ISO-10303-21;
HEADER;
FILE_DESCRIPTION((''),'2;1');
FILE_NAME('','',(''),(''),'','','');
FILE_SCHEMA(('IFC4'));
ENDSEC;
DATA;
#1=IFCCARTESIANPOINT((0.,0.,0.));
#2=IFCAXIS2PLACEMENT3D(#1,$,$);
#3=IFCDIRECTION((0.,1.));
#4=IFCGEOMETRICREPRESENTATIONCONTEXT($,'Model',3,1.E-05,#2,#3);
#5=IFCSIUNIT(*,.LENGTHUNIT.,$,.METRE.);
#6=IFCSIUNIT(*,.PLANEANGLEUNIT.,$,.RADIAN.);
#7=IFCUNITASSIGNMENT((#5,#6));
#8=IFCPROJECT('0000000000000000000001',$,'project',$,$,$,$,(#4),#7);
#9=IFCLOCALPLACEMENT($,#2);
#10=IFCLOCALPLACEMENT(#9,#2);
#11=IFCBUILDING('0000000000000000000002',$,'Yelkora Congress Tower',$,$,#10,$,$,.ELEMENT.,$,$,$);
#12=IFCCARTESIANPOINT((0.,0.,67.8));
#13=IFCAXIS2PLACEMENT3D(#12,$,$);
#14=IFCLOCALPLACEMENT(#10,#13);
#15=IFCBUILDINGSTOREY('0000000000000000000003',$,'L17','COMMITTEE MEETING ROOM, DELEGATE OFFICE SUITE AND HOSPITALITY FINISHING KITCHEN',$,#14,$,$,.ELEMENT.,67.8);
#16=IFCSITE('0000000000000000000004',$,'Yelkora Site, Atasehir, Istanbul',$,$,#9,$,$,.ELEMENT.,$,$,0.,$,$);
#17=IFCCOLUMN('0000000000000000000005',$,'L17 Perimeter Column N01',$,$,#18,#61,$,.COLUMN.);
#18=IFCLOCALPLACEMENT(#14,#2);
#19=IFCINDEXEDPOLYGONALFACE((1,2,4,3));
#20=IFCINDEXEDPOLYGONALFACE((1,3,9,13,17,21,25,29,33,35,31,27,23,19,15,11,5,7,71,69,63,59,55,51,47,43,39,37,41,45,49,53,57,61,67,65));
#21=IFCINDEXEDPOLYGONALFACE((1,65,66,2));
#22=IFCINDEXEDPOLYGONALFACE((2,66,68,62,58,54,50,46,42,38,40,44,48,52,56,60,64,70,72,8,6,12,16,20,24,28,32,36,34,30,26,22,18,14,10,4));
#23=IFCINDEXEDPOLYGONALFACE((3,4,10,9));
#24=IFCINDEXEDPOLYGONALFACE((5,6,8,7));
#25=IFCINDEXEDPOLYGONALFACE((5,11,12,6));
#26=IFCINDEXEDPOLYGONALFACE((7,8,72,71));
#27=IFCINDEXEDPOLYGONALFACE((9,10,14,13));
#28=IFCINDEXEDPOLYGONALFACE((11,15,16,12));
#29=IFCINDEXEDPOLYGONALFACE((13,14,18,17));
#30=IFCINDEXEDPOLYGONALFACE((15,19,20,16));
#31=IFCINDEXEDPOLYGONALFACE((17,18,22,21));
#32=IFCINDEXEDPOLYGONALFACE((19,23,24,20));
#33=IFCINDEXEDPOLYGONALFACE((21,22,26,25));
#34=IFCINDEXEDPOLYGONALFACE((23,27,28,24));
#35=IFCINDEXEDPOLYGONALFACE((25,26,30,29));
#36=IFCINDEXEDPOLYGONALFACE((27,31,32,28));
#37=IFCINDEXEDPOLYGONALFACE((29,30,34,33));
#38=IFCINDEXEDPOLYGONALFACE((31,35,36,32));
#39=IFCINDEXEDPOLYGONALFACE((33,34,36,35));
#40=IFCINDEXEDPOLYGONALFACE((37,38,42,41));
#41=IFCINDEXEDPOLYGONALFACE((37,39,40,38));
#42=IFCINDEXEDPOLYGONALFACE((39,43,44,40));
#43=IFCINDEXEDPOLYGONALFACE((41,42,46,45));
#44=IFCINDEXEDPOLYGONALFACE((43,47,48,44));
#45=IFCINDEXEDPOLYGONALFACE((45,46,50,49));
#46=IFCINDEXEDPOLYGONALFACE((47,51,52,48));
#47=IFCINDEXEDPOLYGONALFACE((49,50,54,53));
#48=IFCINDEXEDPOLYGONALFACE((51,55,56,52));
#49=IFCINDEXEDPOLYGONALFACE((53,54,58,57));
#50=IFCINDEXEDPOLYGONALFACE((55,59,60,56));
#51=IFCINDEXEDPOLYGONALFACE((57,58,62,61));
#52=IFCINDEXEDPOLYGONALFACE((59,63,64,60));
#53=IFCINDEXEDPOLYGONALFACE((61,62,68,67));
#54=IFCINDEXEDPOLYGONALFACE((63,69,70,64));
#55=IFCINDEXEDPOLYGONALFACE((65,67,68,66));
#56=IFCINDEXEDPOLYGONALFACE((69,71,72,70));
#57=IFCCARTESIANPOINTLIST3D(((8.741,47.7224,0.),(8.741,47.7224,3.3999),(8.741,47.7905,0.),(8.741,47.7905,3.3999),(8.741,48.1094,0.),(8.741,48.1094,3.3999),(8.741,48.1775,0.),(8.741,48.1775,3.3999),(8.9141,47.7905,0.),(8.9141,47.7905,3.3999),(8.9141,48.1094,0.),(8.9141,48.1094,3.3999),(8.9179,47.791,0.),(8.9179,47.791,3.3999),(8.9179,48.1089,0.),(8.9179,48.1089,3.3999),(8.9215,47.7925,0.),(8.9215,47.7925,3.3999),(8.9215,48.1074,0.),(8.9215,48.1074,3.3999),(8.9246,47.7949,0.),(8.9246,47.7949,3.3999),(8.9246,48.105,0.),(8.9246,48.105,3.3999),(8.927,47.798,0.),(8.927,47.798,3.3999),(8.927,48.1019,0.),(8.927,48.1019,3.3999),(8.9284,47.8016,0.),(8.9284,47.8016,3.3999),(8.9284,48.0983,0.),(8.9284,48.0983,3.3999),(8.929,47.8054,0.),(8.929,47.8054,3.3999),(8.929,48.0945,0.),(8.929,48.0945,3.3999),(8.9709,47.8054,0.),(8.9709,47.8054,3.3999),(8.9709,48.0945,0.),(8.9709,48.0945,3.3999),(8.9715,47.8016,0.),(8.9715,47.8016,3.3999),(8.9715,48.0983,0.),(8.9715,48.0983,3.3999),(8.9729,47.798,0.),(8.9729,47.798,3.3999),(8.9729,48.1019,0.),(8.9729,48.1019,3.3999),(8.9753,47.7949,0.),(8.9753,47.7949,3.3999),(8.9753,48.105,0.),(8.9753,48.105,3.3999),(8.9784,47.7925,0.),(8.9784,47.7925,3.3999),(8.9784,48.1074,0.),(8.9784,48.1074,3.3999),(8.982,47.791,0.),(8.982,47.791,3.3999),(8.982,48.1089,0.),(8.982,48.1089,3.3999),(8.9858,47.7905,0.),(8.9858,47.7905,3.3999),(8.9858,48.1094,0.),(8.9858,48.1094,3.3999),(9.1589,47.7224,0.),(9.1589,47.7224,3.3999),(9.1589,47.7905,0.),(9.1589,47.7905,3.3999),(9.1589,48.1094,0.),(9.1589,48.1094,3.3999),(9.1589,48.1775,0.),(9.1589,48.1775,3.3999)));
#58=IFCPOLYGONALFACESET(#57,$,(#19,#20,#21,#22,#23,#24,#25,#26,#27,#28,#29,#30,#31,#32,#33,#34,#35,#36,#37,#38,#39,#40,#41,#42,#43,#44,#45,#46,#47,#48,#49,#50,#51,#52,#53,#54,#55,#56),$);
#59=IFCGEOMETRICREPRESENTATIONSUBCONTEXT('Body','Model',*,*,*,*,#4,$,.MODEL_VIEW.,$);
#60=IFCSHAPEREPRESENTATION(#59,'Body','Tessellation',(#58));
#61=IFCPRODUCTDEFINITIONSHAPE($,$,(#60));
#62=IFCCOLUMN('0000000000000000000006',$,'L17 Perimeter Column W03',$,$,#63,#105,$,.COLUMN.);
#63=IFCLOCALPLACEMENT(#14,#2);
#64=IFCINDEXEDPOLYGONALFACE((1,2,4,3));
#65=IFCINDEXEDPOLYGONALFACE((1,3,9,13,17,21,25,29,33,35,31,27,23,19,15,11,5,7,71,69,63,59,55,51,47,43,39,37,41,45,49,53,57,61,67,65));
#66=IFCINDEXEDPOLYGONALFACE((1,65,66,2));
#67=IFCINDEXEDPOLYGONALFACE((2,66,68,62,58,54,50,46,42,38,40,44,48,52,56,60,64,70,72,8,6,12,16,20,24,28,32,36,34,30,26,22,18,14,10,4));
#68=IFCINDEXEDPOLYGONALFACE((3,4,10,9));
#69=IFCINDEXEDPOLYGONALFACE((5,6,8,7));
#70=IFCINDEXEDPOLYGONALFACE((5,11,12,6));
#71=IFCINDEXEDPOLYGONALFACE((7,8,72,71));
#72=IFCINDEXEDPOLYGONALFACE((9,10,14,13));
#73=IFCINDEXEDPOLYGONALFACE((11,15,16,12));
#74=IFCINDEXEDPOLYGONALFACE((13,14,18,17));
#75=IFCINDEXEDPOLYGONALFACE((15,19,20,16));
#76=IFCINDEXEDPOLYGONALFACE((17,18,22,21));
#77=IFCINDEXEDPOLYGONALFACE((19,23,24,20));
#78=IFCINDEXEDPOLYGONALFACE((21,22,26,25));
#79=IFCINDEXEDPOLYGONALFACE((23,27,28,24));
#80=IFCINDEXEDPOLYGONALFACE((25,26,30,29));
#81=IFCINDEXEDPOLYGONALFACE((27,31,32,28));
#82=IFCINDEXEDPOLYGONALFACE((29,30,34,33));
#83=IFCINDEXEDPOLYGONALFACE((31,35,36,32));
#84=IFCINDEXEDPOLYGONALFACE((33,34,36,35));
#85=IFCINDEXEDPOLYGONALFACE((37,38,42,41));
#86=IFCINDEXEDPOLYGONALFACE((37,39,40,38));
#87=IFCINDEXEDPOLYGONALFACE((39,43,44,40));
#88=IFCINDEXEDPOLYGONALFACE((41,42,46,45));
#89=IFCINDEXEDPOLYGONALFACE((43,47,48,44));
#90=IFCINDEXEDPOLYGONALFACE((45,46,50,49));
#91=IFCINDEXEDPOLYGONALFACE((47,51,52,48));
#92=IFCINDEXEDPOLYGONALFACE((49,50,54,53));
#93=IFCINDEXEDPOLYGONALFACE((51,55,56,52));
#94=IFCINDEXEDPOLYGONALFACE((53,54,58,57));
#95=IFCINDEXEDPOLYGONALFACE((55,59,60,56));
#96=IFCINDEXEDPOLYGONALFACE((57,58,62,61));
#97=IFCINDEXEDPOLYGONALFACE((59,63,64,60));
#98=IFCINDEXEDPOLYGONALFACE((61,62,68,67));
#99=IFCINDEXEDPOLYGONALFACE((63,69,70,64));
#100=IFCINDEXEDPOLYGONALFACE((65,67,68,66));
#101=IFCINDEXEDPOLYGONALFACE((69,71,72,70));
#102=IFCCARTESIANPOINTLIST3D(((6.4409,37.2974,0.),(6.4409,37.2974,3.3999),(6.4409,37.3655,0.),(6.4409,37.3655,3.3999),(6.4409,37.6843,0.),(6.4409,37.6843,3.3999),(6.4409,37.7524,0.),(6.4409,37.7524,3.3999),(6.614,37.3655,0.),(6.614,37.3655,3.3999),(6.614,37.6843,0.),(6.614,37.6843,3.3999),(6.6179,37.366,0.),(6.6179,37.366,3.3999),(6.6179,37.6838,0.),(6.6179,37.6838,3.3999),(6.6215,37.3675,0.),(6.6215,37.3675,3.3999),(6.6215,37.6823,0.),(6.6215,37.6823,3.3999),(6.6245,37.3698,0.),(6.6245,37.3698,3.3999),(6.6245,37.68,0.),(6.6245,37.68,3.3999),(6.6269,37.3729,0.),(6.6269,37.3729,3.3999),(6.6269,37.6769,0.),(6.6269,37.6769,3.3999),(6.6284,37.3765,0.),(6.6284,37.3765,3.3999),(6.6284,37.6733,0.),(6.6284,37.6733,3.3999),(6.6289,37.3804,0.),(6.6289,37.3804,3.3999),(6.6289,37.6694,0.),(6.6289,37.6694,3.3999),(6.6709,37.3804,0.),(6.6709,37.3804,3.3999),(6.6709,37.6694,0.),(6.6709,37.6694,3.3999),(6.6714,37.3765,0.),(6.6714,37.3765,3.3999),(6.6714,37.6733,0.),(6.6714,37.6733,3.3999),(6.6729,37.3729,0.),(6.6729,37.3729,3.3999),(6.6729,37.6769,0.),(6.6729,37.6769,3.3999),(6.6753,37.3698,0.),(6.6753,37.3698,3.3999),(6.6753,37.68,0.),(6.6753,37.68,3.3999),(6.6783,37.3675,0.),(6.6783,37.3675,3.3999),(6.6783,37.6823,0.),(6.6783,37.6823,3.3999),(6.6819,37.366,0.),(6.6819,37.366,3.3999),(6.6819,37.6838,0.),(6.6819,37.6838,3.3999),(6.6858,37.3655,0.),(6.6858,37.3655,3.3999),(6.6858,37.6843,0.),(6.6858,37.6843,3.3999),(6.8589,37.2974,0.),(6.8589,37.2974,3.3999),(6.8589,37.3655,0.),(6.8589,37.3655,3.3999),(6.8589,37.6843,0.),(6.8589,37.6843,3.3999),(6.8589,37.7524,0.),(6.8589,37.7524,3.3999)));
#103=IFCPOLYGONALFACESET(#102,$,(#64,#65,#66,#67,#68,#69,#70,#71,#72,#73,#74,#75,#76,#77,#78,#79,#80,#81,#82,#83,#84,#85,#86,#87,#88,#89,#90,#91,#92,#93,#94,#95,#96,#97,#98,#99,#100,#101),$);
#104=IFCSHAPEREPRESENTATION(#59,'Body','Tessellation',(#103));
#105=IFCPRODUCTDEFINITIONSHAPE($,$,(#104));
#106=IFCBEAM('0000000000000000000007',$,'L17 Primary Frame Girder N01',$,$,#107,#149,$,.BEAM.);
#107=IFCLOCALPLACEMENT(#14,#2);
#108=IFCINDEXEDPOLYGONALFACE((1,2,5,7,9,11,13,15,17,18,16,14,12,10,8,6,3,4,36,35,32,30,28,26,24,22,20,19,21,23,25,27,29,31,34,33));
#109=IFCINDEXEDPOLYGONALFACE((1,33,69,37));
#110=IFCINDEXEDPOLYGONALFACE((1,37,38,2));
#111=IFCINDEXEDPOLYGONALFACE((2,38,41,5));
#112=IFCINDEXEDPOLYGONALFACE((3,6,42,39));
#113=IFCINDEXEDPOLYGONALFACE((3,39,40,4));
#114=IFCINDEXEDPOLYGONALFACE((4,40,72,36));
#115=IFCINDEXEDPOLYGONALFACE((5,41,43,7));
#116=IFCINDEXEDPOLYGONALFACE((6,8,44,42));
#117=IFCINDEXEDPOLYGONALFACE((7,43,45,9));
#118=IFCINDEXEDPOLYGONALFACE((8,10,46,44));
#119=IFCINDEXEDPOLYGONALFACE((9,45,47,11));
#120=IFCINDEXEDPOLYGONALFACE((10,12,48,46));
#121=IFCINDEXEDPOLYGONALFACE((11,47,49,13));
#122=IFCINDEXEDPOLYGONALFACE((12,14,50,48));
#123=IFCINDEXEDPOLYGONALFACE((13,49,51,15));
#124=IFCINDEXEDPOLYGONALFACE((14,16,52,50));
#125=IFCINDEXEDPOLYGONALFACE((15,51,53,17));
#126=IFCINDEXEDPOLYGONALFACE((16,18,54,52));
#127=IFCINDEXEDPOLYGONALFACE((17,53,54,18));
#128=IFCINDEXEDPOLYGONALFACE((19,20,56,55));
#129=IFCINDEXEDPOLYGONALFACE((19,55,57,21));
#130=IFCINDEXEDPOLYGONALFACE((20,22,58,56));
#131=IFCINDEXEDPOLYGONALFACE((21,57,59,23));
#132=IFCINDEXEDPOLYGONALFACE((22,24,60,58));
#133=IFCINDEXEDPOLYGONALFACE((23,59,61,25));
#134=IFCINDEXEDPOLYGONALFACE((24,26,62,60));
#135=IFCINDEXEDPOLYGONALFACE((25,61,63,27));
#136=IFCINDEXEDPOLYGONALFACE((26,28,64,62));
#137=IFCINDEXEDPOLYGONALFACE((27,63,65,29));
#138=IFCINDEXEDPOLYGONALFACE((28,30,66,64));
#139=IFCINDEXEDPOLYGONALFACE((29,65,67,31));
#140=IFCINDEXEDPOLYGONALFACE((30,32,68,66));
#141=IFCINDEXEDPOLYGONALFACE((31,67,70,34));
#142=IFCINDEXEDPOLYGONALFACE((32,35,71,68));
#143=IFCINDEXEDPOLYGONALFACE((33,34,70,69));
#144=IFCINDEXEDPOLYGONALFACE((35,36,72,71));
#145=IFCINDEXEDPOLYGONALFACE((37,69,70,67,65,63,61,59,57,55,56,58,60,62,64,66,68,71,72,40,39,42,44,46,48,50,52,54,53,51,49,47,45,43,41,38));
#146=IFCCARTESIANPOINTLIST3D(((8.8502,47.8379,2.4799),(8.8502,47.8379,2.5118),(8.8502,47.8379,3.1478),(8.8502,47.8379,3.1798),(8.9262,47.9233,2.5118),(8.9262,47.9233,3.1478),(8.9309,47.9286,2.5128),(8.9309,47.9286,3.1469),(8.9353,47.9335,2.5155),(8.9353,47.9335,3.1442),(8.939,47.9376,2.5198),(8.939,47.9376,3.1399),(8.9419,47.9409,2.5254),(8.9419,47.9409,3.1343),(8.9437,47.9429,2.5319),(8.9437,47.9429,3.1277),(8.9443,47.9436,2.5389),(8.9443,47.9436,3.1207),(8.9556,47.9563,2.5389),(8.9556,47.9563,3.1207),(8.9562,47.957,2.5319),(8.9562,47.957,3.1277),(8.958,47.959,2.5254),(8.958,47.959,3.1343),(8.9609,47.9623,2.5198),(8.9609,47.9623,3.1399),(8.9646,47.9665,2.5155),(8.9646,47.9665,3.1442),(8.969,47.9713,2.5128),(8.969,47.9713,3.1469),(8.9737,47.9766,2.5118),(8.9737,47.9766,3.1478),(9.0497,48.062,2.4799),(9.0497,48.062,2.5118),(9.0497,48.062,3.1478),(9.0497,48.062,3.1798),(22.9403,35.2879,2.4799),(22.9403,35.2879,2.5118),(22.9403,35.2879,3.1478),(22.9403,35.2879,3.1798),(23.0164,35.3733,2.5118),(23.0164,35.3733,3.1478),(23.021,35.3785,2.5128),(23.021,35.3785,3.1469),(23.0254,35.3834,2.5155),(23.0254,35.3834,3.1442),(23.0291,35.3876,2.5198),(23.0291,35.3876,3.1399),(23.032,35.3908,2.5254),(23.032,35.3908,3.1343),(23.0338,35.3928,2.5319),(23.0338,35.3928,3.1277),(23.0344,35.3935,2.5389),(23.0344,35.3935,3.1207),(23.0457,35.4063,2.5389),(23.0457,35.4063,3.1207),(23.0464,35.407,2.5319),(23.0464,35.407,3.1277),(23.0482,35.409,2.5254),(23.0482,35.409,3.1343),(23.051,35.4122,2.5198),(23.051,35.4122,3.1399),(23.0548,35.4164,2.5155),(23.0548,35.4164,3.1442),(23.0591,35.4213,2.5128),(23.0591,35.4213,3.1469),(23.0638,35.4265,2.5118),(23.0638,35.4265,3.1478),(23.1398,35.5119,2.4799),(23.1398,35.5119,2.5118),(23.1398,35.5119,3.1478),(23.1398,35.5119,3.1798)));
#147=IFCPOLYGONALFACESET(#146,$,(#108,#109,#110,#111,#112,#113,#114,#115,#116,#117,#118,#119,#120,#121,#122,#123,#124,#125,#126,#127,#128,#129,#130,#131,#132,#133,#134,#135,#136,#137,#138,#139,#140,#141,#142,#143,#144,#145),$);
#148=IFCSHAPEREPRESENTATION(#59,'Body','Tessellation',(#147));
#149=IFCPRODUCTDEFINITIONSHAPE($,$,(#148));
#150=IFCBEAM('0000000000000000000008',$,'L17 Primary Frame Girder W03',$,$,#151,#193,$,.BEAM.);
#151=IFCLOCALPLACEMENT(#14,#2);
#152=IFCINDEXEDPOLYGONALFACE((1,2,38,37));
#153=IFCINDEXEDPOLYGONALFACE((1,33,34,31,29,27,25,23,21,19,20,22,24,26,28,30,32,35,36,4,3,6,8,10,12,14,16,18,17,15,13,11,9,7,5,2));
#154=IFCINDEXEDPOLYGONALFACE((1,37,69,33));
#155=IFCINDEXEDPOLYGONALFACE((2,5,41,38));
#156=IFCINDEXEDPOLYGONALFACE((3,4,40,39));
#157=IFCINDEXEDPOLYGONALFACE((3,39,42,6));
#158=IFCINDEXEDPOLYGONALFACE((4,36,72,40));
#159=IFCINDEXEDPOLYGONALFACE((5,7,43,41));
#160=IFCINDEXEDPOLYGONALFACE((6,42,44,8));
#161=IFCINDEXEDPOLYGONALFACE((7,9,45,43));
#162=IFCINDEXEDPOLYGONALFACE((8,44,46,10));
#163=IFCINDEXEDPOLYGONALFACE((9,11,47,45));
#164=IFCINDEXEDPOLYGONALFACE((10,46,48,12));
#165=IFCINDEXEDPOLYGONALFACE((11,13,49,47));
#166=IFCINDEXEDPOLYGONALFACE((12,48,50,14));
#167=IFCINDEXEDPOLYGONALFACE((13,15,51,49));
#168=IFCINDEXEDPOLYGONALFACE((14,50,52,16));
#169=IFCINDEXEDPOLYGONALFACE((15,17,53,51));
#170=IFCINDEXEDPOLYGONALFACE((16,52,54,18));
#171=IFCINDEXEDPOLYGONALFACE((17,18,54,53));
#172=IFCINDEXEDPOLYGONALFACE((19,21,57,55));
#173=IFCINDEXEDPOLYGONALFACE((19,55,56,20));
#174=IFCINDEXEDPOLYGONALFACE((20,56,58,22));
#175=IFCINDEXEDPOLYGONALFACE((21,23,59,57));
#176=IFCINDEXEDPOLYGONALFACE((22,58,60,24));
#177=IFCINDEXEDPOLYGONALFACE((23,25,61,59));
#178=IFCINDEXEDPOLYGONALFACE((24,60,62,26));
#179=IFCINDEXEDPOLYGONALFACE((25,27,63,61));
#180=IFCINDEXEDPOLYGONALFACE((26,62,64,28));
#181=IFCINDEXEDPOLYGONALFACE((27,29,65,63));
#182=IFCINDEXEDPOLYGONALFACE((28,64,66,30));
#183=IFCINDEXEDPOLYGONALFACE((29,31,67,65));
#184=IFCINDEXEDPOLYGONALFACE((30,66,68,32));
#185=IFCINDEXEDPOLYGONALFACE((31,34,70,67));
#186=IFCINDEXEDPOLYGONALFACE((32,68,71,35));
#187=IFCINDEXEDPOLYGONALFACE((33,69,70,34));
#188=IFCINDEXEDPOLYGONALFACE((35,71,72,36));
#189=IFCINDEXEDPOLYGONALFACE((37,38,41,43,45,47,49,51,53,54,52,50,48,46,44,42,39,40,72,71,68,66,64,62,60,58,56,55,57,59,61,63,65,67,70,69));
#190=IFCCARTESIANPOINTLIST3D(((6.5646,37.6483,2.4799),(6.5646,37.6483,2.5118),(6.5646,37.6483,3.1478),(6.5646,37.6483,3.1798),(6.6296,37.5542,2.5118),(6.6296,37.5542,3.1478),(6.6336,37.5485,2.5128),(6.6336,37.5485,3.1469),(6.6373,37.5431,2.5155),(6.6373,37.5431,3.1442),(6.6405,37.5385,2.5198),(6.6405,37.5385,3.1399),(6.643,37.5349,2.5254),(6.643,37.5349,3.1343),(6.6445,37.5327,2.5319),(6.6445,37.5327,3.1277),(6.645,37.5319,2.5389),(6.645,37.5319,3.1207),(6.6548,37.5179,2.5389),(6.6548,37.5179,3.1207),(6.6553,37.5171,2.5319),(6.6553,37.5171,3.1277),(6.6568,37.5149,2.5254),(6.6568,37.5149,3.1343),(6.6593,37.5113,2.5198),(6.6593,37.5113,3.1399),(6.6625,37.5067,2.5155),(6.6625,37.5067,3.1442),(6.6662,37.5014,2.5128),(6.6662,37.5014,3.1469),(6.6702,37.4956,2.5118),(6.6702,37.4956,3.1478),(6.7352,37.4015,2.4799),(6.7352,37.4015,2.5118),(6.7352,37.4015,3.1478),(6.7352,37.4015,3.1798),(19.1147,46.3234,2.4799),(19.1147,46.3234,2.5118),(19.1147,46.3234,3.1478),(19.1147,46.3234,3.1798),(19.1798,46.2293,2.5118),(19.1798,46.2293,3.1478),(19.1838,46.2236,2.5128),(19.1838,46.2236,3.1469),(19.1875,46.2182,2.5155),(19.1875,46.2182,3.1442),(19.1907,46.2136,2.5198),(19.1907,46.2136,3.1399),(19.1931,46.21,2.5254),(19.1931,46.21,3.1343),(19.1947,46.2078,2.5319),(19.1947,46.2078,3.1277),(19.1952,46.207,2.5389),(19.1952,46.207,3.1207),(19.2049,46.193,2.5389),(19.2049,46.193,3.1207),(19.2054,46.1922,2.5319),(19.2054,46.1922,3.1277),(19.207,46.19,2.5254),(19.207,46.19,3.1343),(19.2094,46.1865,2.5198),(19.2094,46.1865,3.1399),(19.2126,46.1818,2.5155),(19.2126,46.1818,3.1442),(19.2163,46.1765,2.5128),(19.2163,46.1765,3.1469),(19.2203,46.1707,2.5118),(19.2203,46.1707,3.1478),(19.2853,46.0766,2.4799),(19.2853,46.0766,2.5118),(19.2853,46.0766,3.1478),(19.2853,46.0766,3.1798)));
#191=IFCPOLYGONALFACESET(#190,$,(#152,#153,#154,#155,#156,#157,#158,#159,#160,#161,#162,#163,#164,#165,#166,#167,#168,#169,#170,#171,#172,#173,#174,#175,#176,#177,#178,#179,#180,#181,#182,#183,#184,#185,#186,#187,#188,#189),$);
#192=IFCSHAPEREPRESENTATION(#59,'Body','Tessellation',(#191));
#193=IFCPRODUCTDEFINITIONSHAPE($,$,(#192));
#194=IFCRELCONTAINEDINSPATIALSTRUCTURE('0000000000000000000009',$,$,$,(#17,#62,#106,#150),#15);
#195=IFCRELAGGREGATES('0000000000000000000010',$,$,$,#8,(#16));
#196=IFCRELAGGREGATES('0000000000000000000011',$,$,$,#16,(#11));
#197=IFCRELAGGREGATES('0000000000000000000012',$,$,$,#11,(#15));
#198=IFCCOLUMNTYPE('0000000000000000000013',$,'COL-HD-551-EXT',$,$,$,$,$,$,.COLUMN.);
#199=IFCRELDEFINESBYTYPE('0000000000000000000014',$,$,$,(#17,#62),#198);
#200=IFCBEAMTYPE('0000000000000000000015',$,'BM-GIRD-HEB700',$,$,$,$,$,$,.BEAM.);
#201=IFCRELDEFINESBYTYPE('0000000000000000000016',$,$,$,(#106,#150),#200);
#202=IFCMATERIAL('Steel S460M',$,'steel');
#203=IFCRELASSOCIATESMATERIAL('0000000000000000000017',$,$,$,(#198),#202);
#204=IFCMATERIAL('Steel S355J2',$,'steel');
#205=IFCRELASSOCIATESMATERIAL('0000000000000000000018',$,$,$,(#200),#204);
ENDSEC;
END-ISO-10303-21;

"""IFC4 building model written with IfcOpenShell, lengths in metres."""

from ifc_helpers import new_model, si_unit, direction, frame, origin, origin_2d, place, context, subcontext, project, spatial, i_section, extrude, material, material_profile, profile_set, type_object, element, save


model = new_model("IFC4")

# Units and contexts
model_context = context("Model", 3, precision=1e-05, world=origin(), true_north=direction((0.0, 1.0)))
body_context = subcontext(model_context, "Body", "Model", "MODEL_VIEW")
ifc_project = project(units=[si_unit("LENGTHUNIT", "METRE"), si_unit("PLANEANGLEUNIT", "RADIAN")], contexts=[model_context])

# Site, building, storey
site_placement = place(None, origin())
site = spatial("IfcSite", under=ifc_project, at=site_placement, Name="Yelkora Site, Atasehir, Istanbul", CompositionType="ELEMENT", RefElevation=0.0)
building_placement = place(site_placement, origin())
building = spatial("IfcBuilding", under=site, at=building_placement, Name="Yelkora Congress Tower", CompositionType="ELEMENT")
storey_placement = place(building_placement, frame((0.0, 0.0, 67.8)))
storey = spatial("IfcBuildingStorey", under=building, at=storey_placement, Name="L17", Description="COMMITTEE MEETING ROOM, DELEGATE OFFICE SUITE AND HOSPITALITY FINISHING KITCHEN", CompositionType="ELEMENT", Elevation=67.8)

# Columns
ifc_material_1 = material(Name="Steel S460M", Category="steel")
ifc_material_profile_1 = material_profile(ifc_material_1, i_section(OverallWidth=0.418, OverallDepth=0.4551, WebThickness=0.042, FlangeThickness=0.0681, FilletRadius=0.0149, at=origin_2d()), Name="HD 400x551")
ifc_profile_set_1 = profile_set([ifc_material_profile_1], Name="Steel S460M")
column_type = type_object("IfcColumnType", Name="COL-HD-551-EXT", PredefinedType="COLUMN", material=ifc_profile_set_1)
for number, where, z_axis, x_axis, name in (
    (1, (8.95, 47.95, 0.0), (0.0, 0.0, 1.0), (1.0, 0.0, 0.0), "L17 Perimeter Column N01"),
    (2, (6.6499, 37.5249, 0.0), (0.0, 0.0, 1.0), (1.0, 0.0, 0.0), "L17 Perimeter Column W03"),
):
    element("IfcColumn", number, at=place(storey_placement, frame(where, z_axis=z_axis, x_axis=x_axis)), inside=storey, type_object=column_type, Name=name, PredefinedType="COLUMN", context=body_context, shape_type="SweptSolid", body=[
        extrude(i_section(OverallWidth=0.418, OverallDepth=0.4551, WebThickness=0.042, FlangeThickness=0.0681, FilletRadius=0.0149, at=origin_2d()), origin(), (0.0, 0.0, 1.0), 3.3999),
    ])

# Beams
ifc_material_2 = material(Name="Steel S355J2", Category="steel")
ifc_material_profile_2 = material_profile(ifc_material_2, i_section(OverallWidth=0.3, OverallDepth=0.7, WebThickness=0.0171, FlangeThickness=0.032, FilletRadius=0.0271, at=origin_2d()), Name="HEB 700")
ifc_profile_set_2 = profile_set([ifc_material_profile_2], Name="Steel S355J2")
beam_type_1 = type_object("IfcBeamType", Name="BM-GIRD-HEB700", PredefinedType="BEAM", material=ifc_profile_set_2)
beam_1_placement = place(storey_placement, frame((8.95, 47.95, 2.8298), z_axis=(0.746737, -0.665119, 0.0), x_axis=(0.665119, 0.746737, 0.0)))
element("IfcBeam", 3, at=beam_1_placement, inside=storey, type_object=beam_type_1, Name="L17 Primary Frame Girder N01", PredefinedType="BEAM", context=body_context, shape_type="SweptSolid", body=[
    extrude(i_section(OverallWidth=0.3, OverallDepth=0.7, WebThickness=0.0171, FlangeThickness=0.032, FilletRadius=0.0271, at=origin_2d()), origin(), (0.0, 0.0, 1.0), 18.8689),
])
beam_2_placement = place(storey_placement, frame((6.6499, 37.5249, 2.8298), z_axis=(0.822604, 0.568614, 0.0), x_axis=(-0.568614, 0.822604, 0.0)))
element("IfcBeam", 4, at=beam_2_placement, inside=storey, type_object=beam_type_1, Name="L17 Primary Frame Girder W03", PredefinedType="BEAM", context=body_context, shape_type="SweptSolid", body=[
    extrude(i_section(OverallWidth=0.3, OverallDepth=0.7, WebThickness=0.0171, FlangeThickness=0.032, FilletRadius=0.0271, at=origin_2d()), origin(), (0.0, 0.0, 1.0), 15.2566),
])

save(model, "model.ifc")
